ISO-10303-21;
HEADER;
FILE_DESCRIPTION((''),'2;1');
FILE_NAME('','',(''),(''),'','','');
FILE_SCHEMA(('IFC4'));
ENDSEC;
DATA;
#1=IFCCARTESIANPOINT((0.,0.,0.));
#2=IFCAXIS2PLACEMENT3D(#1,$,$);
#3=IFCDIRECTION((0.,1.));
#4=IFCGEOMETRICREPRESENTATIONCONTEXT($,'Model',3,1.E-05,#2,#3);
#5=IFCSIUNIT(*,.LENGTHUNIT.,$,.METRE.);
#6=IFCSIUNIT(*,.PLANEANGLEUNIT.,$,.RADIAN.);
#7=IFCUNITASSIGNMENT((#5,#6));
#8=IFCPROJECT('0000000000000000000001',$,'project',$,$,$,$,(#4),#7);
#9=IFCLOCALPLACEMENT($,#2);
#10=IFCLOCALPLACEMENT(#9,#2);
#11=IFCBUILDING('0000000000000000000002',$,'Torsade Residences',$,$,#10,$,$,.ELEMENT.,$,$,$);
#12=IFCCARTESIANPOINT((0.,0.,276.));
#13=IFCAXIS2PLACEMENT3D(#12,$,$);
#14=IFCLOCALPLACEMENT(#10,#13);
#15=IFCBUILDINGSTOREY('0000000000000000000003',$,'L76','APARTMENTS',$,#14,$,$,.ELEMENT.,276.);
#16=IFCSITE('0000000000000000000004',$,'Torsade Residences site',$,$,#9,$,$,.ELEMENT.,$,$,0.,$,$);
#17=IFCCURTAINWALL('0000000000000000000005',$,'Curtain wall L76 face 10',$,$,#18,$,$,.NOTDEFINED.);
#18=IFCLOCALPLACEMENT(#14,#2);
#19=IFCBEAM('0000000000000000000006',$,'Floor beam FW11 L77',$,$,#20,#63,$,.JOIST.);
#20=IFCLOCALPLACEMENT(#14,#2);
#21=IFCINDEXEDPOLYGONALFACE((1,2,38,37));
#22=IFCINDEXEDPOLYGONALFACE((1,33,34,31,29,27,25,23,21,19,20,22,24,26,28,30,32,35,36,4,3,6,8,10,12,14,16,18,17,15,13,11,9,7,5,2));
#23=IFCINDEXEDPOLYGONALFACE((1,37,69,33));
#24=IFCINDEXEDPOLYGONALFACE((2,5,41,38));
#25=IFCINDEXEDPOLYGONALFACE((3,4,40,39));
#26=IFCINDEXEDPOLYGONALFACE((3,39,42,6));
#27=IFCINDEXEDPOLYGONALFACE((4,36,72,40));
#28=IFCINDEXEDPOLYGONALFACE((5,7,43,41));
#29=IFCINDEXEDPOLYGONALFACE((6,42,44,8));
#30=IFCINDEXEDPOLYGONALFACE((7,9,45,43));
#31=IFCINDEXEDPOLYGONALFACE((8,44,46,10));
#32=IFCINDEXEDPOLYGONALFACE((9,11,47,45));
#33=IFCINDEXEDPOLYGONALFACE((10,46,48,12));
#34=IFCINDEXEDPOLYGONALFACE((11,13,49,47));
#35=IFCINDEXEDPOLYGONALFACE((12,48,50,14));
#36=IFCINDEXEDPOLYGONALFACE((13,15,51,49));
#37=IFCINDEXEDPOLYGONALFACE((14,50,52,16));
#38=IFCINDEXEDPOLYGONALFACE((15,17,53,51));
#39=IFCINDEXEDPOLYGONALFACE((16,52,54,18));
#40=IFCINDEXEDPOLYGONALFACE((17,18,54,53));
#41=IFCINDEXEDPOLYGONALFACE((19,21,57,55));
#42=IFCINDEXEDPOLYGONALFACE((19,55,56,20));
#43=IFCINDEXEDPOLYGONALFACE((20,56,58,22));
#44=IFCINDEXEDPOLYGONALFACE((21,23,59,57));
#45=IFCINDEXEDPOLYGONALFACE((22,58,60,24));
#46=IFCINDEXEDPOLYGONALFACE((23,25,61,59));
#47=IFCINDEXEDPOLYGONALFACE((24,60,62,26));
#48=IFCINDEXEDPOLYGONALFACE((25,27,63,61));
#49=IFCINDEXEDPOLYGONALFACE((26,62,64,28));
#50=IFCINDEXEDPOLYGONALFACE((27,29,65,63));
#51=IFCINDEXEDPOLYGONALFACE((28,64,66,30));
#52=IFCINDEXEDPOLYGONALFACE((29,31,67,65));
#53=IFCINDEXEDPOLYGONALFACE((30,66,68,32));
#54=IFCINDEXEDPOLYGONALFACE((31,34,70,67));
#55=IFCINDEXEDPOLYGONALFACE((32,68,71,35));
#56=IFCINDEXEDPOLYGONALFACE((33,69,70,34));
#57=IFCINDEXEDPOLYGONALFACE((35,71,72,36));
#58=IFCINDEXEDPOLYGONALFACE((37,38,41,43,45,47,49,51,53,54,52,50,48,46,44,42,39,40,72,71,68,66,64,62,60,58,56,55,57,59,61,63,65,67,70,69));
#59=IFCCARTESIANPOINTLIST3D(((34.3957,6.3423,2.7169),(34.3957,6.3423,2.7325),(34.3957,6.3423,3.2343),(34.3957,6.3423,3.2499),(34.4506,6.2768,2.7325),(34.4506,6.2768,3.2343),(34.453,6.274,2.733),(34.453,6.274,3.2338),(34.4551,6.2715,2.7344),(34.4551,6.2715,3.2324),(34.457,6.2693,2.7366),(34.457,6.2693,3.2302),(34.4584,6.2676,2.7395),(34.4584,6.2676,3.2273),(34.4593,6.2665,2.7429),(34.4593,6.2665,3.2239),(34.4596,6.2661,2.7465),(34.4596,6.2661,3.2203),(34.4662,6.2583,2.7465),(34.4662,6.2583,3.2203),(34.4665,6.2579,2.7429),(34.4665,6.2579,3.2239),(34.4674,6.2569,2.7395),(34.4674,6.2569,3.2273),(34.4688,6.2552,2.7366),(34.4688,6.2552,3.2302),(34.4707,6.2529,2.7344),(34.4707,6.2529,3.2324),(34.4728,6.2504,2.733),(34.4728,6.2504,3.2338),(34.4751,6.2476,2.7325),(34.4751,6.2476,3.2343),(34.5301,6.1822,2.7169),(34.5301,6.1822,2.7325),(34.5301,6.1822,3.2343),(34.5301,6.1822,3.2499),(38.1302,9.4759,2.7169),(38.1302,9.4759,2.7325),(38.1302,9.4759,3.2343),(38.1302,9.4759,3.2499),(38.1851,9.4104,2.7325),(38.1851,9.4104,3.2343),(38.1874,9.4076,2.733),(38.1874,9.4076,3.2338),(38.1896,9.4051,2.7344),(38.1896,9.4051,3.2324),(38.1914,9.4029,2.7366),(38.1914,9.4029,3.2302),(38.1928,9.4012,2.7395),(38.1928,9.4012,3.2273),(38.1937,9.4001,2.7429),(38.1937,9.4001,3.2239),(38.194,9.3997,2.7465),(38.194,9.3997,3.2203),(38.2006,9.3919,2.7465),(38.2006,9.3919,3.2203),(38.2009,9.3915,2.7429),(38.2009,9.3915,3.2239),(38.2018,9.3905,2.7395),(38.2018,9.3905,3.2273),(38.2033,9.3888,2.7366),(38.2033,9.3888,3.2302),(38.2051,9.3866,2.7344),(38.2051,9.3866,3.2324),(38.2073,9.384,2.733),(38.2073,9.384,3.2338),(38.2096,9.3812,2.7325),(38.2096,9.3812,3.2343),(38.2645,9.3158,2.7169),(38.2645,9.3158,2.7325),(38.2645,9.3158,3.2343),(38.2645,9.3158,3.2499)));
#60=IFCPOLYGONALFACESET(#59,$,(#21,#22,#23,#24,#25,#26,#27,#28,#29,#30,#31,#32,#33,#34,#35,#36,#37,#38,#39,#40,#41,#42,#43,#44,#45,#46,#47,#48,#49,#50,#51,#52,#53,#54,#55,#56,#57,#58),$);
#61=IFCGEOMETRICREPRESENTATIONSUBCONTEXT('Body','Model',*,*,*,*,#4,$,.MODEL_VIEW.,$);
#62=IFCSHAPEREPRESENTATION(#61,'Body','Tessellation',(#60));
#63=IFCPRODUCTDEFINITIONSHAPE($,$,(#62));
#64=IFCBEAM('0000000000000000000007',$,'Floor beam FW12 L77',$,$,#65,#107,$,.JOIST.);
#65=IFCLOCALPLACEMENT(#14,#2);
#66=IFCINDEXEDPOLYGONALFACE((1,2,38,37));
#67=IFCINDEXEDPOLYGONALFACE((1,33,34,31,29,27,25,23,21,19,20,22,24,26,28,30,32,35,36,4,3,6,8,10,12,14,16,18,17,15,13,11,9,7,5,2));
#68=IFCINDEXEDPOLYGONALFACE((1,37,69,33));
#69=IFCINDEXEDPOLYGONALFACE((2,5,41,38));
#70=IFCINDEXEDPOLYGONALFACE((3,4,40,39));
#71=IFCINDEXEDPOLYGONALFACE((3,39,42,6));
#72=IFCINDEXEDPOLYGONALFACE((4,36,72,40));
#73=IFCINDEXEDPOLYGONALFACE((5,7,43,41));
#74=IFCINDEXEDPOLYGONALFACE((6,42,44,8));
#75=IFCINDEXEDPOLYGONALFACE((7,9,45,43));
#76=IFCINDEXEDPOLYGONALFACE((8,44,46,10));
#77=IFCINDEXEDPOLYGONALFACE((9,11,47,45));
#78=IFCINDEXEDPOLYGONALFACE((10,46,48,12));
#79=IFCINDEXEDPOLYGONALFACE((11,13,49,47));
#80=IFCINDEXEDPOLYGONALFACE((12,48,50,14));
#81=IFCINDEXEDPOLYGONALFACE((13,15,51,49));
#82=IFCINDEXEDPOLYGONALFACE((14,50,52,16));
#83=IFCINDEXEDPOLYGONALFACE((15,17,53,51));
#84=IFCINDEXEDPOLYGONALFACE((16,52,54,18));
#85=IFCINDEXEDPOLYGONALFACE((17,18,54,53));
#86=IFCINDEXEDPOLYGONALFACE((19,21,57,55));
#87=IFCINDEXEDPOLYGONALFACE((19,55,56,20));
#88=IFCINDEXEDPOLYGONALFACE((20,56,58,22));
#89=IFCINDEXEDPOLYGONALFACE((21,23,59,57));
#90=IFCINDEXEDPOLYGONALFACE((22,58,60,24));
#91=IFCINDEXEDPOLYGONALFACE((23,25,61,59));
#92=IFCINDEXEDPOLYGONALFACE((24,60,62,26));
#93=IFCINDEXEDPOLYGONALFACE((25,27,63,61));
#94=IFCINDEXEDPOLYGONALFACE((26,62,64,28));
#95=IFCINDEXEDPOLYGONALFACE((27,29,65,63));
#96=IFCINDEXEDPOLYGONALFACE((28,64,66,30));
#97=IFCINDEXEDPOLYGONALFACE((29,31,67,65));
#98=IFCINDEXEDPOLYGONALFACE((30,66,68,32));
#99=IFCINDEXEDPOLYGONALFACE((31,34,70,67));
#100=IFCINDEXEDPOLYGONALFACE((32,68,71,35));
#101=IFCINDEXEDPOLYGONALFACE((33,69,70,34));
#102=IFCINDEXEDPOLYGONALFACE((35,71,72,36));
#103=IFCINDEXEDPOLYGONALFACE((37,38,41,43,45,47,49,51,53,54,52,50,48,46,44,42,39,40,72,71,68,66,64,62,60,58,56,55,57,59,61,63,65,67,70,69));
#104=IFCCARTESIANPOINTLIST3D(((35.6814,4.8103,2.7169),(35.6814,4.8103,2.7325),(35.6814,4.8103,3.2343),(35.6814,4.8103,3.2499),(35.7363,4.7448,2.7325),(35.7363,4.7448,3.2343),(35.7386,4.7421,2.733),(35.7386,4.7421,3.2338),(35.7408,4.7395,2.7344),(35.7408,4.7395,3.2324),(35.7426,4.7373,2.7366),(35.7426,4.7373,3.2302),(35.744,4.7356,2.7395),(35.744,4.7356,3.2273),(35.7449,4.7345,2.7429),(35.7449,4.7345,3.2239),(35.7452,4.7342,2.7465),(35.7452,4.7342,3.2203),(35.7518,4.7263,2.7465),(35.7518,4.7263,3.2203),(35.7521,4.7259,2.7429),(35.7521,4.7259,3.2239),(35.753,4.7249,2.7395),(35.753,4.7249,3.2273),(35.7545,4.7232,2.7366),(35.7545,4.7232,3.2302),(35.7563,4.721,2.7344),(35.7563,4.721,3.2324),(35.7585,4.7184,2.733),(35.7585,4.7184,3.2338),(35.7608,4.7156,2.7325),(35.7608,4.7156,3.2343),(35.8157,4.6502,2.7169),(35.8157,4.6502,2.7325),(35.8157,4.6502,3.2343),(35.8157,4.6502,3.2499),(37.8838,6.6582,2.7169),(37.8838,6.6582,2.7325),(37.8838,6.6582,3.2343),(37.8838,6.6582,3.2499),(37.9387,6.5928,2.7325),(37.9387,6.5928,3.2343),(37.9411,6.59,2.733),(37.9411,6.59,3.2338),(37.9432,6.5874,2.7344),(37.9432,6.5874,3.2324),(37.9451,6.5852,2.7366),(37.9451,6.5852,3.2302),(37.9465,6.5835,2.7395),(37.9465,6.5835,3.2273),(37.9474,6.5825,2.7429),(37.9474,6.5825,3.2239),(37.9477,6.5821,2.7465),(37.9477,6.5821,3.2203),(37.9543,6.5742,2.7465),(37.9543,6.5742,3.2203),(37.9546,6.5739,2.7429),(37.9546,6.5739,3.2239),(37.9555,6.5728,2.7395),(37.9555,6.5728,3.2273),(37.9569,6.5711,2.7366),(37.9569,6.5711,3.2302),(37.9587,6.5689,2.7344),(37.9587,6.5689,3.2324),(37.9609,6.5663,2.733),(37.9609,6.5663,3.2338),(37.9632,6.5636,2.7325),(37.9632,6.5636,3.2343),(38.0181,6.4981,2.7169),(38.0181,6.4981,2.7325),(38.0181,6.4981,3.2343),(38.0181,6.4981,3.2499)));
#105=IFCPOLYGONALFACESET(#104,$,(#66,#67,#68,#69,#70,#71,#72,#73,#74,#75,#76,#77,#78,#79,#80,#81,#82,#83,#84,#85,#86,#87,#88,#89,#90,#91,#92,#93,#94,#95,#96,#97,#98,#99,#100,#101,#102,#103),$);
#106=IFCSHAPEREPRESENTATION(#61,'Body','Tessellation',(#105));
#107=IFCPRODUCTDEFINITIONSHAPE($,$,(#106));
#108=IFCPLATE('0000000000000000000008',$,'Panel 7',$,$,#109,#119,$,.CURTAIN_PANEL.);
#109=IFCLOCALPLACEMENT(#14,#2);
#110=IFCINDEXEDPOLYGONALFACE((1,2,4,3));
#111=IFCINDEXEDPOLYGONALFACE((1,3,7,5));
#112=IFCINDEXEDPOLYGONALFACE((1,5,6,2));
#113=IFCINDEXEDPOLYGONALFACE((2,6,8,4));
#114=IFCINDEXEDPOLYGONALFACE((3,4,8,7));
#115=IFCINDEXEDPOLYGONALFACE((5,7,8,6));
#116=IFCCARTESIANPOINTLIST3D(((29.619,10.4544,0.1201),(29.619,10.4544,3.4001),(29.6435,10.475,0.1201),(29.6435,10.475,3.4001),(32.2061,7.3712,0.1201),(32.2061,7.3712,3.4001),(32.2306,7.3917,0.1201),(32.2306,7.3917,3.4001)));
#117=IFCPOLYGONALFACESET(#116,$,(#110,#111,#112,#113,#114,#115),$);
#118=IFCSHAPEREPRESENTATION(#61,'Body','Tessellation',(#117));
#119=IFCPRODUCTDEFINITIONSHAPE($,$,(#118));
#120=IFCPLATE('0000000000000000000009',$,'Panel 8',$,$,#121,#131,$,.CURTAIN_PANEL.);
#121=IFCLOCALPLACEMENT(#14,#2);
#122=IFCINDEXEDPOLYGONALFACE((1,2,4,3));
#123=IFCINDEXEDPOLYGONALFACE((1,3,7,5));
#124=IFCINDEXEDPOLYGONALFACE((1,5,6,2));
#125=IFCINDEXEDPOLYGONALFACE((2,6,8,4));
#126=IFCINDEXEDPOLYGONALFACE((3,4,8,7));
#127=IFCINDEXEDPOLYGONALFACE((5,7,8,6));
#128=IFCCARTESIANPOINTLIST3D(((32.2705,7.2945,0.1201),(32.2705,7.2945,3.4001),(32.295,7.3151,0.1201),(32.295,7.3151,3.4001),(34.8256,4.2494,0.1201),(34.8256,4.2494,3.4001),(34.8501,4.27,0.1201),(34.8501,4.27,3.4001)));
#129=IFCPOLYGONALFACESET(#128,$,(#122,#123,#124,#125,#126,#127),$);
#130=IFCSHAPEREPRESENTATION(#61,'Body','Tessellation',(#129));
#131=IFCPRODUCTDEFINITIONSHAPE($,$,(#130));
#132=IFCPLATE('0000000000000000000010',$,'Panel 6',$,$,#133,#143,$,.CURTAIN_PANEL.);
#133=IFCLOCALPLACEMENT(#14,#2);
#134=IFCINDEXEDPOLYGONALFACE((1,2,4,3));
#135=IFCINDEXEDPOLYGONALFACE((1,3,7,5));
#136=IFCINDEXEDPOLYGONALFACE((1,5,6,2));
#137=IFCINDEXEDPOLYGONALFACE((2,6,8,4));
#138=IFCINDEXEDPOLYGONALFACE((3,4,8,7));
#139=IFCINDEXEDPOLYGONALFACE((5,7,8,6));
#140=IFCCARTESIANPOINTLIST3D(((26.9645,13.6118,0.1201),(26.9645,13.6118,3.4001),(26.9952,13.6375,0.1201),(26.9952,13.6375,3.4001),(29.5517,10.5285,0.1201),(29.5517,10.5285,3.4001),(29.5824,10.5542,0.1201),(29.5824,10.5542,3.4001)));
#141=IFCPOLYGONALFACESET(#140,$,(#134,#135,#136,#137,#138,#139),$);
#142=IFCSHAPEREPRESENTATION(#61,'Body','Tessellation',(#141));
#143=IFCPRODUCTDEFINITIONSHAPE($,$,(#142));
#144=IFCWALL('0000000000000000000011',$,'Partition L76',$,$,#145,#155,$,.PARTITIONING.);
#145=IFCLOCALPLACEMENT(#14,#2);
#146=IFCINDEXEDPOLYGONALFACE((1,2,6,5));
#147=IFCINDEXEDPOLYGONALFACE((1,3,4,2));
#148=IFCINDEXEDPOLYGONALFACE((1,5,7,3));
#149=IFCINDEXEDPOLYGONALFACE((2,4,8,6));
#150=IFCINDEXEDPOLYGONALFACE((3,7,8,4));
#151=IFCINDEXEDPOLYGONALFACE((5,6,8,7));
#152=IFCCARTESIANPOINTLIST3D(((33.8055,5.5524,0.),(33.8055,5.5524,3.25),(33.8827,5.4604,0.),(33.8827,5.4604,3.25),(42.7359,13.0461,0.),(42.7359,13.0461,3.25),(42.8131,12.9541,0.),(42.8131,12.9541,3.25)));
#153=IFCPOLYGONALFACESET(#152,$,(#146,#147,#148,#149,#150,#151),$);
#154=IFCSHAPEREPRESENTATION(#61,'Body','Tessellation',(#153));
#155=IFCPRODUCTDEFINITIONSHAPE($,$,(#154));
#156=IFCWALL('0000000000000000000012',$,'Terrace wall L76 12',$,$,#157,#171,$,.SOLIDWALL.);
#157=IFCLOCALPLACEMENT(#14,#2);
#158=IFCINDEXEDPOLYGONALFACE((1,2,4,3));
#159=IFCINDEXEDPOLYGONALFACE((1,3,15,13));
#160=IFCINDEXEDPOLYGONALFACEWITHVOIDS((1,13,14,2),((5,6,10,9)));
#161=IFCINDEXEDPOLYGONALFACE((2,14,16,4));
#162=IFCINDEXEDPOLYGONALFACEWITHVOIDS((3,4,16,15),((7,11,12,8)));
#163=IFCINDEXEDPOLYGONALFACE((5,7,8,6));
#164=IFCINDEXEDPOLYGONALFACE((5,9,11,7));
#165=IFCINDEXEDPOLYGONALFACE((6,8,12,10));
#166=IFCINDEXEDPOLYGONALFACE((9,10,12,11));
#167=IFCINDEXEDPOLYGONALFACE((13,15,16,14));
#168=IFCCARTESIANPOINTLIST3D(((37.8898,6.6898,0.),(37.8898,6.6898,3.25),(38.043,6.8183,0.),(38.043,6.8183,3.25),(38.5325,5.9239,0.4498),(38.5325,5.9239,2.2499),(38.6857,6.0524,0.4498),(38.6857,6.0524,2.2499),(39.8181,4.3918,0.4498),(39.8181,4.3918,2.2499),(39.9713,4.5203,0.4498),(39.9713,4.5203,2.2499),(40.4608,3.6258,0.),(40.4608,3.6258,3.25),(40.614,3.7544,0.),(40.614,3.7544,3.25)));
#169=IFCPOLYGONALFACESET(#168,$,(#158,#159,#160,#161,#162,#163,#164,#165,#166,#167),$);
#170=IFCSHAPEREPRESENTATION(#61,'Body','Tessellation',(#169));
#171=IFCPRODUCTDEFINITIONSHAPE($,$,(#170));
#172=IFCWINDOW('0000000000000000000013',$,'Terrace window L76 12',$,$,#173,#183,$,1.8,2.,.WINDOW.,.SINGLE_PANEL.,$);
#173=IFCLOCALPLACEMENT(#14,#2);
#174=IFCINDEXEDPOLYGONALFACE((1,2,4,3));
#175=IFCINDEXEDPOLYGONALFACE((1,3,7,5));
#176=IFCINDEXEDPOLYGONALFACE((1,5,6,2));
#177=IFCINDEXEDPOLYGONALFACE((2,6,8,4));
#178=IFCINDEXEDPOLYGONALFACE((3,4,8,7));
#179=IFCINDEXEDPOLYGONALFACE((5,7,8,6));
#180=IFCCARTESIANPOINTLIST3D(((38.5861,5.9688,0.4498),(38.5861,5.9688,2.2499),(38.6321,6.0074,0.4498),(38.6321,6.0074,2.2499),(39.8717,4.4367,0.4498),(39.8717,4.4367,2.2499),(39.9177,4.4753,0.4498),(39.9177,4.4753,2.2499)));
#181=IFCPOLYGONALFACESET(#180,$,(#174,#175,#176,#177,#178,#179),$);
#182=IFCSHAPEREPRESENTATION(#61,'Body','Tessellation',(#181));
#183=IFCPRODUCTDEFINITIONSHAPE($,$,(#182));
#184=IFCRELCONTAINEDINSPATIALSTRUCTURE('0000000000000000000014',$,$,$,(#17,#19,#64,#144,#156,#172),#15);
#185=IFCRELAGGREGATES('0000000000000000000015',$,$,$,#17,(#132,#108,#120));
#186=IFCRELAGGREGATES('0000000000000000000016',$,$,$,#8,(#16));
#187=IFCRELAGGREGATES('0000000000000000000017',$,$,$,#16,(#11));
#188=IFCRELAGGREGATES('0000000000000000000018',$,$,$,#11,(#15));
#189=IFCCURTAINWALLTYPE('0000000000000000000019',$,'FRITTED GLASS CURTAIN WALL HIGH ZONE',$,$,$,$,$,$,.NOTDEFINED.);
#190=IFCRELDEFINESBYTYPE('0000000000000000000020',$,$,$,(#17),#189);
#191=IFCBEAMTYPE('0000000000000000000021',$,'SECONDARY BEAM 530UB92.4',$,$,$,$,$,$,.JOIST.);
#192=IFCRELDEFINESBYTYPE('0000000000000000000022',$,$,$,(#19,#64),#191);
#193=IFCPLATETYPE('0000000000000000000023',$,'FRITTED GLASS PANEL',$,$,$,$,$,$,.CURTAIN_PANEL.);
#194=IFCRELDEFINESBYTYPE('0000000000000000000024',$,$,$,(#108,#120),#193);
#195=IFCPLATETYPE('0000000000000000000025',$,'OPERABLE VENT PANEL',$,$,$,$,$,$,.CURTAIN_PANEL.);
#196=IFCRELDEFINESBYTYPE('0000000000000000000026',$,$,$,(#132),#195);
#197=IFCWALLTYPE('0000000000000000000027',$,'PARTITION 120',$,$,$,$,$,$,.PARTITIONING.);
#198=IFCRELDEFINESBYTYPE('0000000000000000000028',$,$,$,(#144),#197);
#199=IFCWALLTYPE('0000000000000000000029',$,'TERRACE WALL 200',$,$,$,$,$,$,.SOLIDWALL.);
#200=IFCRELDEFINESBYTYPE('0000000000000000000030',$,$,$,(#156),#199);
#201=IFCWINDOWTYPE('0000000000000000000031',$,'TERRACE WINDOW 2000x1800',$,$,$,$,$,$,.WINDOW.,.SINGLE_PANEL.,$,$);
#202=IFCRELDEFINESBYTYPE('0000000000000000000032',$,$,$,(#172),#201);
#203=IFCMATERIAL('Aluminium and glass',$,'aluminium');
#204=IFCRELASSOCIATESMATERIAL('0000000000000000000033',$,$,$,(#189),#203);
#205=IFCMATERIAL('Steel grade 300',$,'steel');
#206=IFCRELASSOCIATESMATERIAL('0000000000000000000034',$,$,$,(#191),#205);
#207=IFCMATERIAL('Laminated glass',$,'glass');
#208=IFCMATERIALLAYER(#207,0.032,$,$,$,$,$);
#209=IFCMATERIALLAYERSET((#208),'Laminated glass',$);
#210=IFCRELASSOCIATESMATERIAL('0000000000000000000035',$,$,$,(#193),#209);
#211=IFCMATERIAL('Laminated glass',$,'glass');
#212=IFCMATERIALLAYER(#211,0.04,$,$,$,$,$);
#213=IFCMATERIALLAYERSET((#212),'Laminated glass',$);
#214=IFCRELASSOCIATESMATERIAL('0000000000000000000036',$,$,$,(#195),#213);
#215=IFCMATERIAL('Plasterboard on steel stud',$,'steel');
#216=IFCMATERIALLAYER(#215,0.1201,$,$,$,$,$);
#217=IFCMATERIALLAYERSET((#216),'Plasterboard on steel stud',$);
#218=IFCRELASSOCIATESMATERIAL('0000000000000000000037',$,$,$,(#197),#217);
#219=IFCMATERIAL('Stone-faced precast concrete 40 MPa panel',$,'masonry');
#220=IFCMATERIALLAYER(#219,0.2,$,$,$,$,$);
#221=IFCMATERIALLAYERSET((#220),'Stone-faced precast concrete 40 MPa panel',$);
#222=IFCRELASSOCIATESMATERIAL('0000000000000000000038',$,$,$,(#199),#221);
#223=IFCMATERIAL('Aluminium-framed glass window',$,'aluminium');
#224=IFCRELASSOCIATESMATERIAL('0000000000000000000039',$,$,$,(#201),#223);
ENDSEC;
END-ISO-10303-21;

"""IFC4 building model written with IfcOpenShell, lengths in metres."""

from ifc_helpers import new_model, si_unit, direction, frame, frame_2d, origin, origin_2d, place, context, subcontext, project, spatial, rectangle, i_section, extrude, material, layer, layer_set, material_profile, profile_set, type_object, element, fill, aggregate, save


model = new_model("IFC4")

# Units and contexts
model_context = context("Model", 3, precision=1e-05, world=origin(), true_north=direction((0.0, 1.0)))
body_context = subcontext(model_context, "Body", "Model", "MODEL_VIEW")
ifc_project = project(units=[si_unit("LENGTHUNIT", "METRE"), si_unit("PLANEANGLEUNIT", "RADIAN")], contexts=[model_context])

# Site, building, storey
site_placement = place(None, origin())
site = spatial("IfcSite", under=ifc_project, at=site_placement, Name="Torsade Residences site", CompositionType="ELEMENT", RefElevation=0.0)
building_placement = place(site_placement, origin())
building = spatial("IfcBuilding", under=site, at=building_placement, Name="Torsade Residences", CompositionType="ELEMENT")
storey_placement = place(building_placement, frame((0.0, 0.0, 276.0)))
storey = spatial("IfcBuildingStorey", under=building, at=storey_placement, Name="L76", Description="APARTMENTS", CompositionType="ELEMENT", Elevation=276.0)

# Curtain wall
ifc_material_1 = material(Name="Aluminium and glass", Category="aluminium")
curtain_wall_type = type_object("IfcCurtainWallType", Name="FRITTED GLASS CURTAIN WALL HIGH ZONE", PredefinedType="NOTDEFINED", material=ifc_material_1)
curtain_wall_placement = place(storey_placement, origin())
curtain_wall = element("IfcCurtainWall", 1, at=curtain_wall_placement, inside=storey, type_object=curtain_wall_type, Name="Curtain wall L76 face 10", PredefinedType="NOTDEFINED")

# Beams
ifc_material_2 = material(Name="Steel grade 300", Category="steel")
ifc_material_profile_1 = material_profile(ifc_material_2, i_section(OverallWidth=0.209, OverallDepth=0.533, WebThickness=0.0103, FlangeThickness=0.0156, FilletRadius=0.0139, at=origin_2d()), Name="530UB92.4")
ifc_profile_set_1 = profile_set([ifc_material_profile_1], Name="Steel grade 300")
beam_type_1 = type_object("IfcBeamType", Name="SECONDARY BEAM 530UB92.4", PredefinedType="JOIST", material=ifc_profile_set_1)
beam_1_placement = place(storey_placement, frame((34.4629, 6.2622, 2.9834), z_axis=(0.766041, 0.642791, 0.0), x_axis=(-0.642791, 0.766041, 0.0)))
element("IfcBeam", 2, at=beam_1_placement, inside=storey, type_object=beam_type_1, Name="Floor beam FW11 L77", PredefinedType="JOIST", context=body_context, shape_type="SweptSolid", body=[
    extrude(i_section(OverallWidth=0.209, OverallDepth=0.533, WebThickness=0.0103, FlangeThickness=0.0156, FilletRadius=0.0139, at=origin_2d()), origin(), (0.0, 0.0, 1.0), 4.875),
])
beam_2_placement = place(storey_placement, frame((35.7485, 4.7302, 2.9834), z_axis=(0.766066, 0.642762, 0.0), x_axis=(-0.642762, 0.766066, 0.0)))
element("IfcBeam", 3, at=beam_2_placement, inside=storey, type_object=beam_type_1, Name="Floor beam FW12 L77", PredefinedType="JOIST", context=body_context, shape_type="SweptSolid", body=[
    extrude(i_section(OverallWidth=0.209, OverallDepth=0.533, WebThickness=0.0103, FlangeThickness=0.0156, FilletRadius=0.0139, at=origin_2d()), origin(), (0.0, 0.0, 1.0), 2.875),
])

# Plates
ifc_material_3 = material(Name="Laminated glass", Category="glass")
ifc_layer_1 = layer(ifc_material_3, 0.032)
ifc_layer_set_1 = layer_set([ifc_layer_1], Name="Laminated glass")
plate_type_1 = type_object("IfcPlateType", Name="FRITTED GLASS PANEL", PredefinedType="CURTAIN_PANEL", material=ifc_layer_set_1)
plate_1_placement = place(storey_placement, frame((30.9248, 8.9231, 0.1201), z_axis=(0.0, 0.0, 1.0), x_axis=(0.642788, -0.766044, 0.0)))
plate_1 = element("IfcPlate", 4, at=plate_1_placement, type_object=plate_type_1, Name="Panel 7", PredefinedType="CURTAIN_PANEL", context=body_context, shape_type="SweptSolid", body=[
    extrude(rectangle(XDim=4.0249, YDim=0.032, at=origin_2d()), origin(), (0.0, 0.0, 1.0), 3.28),
])
plate_2_placement = place(storey_placement, frame((33.5603, 5.7822, 0.1201), z_axis=(0.0, 0.0, 1.0), x_axis=(0.642788, -0.766044, 0.0)))
plate_2 = element("IfcPlate", 5, at=plate_2_placement, type_object=plate_type_1, Name="Panel 8", PredefinedType="CURTAIN_PANEL", context=body_context, shape_type="SweptSolid", body=[
    extrude(rectangle(XDim=3.9751, YDim=0.032, at=origin_2d()), origin(), (0.0, 0.0, 1.0), 3.28),
])
ifc_material_4 = material(Name="Laminated glass", Category="glass")
ifc_layer_2 = layer(ifc_material_4, 0.04)
ifc_layer_set_2 = layer_set([ifc_layer_2], Name="Laminated glass")
plate_type_2 = type_object("IfcPlateType", Name="OPERABLE VENT PANEL", PredefinedType="CURTAIN_PANEL", material=ifc_layer_set_2)
plate_3_placement = place(storey_placement, frame((28.2734, 12.083, 0.1201), z_axis=(0.0, 0.0, 1.0), x_axis=(0.642788, -0.766044, 0.0)))
plate_3 = element("IfcPlate", 6, at=plate_3_placement, type_object=plate_type_2, Name="Panel 6", PredefinedType="CURTAIN_PANEL", context=body_context, shape_type="SweptSolid", body=[
    extrude(rectangle(XDim=4.0249, YDim=0.04, at=origin_2d()), origin(), (0.0, 0.0, 1.0), 3.28),
])
aggregate(curtain_wall, [plate_3, plate_1, plate_2])

# Wall
ifc_material_5 = material(Name="Plasterboard on steel stud", Category="steel")
ifc_layer_3 = layer(ifc_material_5, 0.1201)
ifc_layer_set_3 = layer_set([ifc_layer_3], Name="Plasterboard on steel stud")
wall_type_1 = type_object("IfcWallType", Name="PARTITION 120", PredefinedType="PARTITIONING", material=ifc_layer_set_3)
wall_1_placement = place(storey_placement, frame((33.844, 5.5063, 0.0), z_axis=(0.0, 0.0, 1.0), x_axis=(0.766039, 0.642795, 0.0)))
element("IfcWall", 7, at=wall_1_placement, inside=storey, type_object=wall_type_1, Name="Partition L76", PredefinedType="PARTITIONING", context=body_context, shape_type="SweptSolid", body=[
    extrude(rectangle(XDim=11.658, YDim=0.1201, at=frame_2d((5.8291, 0.0))), origin(), (0.0, 0.0, 1.0), 3.25),
])

# Shared definitions
ifc_material_6 = material(Name="Stone-faced precast concrete 40 MPa panel", Category="masonry")
ifc_layer_4 = layer(ifc_material_6, 0.2)
ifc_layer_set_4 = layer_set([ifc_layer_4], Name="Stone-faced precast concrete 40 MPa panel")
wall_type_2 = type_object("IfcWallType", Name="TERRACE WALL 200", PredefinedType="SOLIDWALL", material=ifc_layer_set_4)

# Wall, opening, window
wall_2_placement = place(storey_placement, frame((37.9663, 6.7542, 0.0), z_axis=(0.0, 0.0, 1.0), x_axis=(0.642798, -0.766035, 0.0)))
wall_2 = element("IfcWall", 8, at=wall_2_placement, inside=storey, type_object=wall_type_2, Name="Terrace wall L76 12", PredefinedType="SOLIDWALL", context=body_context, shape_type="SweptSolid", body=[
    extrude(rectangle(XDim=3.9998, YDim=0.2, at=frame_2d((2.0, 0.0))), origin(), (0.0, 0.0, 1.0), 3.25),
])
opening_1_placement = place(wall_2_placement, frame((1.0, 0.0, 0.45)))
opening_1 = element("IfcOpeningElement", 9, at=opening_1_placement, cuts=wall_2, PredefinedType="OPENING", context=body_context, shape_type="SweptSolid", body=[
    extrude(rectangle(XDim=2.0, YDim=1.8, at=frame_2d((1.0, 0.8999))), frame((0.0, 0.1099, 0.0), z_axis=(0.0, -1.0, 0.0), x_axis=(1.0, 0.0, 0.0)), (0.0, 0.0, 1.0), 0.22),
])
ifc_material_7 = material(Name="Aluminium-framed glass window", Category="aluminium")
window_type = type_object("IfcWindowType", Name="TERRACE WINDOW 2000x1800", PartitioningType="SINGLE_PANEL", PredefinedType="WINDOW", material=ifc_material_7)
window_placement = place(opening_1_placement, origin())
window = element("IfcWindow", 10, at=window_placement, inside=storey, type_object=window_type, Name="Terrace window L76 12", OverallHeight=1.8, OverallWidth=2.0, PartitioningType="SINGLE_PANEL", PredefinedType="WINDOW", context=body_context, shape_type="SweptSolid", body=[
    extrude(rectangle(XDim=2.0, YDim=1.8, at=frame_2d((1.0, 0.8999))), frame((0.0, 0.03, 0.0), z_axis=(0.0, -1.0, 0.0), x_axis=(1.0, 0.0, 0.0)), (0.0, 0.0, 1.0), 0.0601),
])
fill(opening_1, window)

save(model, "model.ifc")
